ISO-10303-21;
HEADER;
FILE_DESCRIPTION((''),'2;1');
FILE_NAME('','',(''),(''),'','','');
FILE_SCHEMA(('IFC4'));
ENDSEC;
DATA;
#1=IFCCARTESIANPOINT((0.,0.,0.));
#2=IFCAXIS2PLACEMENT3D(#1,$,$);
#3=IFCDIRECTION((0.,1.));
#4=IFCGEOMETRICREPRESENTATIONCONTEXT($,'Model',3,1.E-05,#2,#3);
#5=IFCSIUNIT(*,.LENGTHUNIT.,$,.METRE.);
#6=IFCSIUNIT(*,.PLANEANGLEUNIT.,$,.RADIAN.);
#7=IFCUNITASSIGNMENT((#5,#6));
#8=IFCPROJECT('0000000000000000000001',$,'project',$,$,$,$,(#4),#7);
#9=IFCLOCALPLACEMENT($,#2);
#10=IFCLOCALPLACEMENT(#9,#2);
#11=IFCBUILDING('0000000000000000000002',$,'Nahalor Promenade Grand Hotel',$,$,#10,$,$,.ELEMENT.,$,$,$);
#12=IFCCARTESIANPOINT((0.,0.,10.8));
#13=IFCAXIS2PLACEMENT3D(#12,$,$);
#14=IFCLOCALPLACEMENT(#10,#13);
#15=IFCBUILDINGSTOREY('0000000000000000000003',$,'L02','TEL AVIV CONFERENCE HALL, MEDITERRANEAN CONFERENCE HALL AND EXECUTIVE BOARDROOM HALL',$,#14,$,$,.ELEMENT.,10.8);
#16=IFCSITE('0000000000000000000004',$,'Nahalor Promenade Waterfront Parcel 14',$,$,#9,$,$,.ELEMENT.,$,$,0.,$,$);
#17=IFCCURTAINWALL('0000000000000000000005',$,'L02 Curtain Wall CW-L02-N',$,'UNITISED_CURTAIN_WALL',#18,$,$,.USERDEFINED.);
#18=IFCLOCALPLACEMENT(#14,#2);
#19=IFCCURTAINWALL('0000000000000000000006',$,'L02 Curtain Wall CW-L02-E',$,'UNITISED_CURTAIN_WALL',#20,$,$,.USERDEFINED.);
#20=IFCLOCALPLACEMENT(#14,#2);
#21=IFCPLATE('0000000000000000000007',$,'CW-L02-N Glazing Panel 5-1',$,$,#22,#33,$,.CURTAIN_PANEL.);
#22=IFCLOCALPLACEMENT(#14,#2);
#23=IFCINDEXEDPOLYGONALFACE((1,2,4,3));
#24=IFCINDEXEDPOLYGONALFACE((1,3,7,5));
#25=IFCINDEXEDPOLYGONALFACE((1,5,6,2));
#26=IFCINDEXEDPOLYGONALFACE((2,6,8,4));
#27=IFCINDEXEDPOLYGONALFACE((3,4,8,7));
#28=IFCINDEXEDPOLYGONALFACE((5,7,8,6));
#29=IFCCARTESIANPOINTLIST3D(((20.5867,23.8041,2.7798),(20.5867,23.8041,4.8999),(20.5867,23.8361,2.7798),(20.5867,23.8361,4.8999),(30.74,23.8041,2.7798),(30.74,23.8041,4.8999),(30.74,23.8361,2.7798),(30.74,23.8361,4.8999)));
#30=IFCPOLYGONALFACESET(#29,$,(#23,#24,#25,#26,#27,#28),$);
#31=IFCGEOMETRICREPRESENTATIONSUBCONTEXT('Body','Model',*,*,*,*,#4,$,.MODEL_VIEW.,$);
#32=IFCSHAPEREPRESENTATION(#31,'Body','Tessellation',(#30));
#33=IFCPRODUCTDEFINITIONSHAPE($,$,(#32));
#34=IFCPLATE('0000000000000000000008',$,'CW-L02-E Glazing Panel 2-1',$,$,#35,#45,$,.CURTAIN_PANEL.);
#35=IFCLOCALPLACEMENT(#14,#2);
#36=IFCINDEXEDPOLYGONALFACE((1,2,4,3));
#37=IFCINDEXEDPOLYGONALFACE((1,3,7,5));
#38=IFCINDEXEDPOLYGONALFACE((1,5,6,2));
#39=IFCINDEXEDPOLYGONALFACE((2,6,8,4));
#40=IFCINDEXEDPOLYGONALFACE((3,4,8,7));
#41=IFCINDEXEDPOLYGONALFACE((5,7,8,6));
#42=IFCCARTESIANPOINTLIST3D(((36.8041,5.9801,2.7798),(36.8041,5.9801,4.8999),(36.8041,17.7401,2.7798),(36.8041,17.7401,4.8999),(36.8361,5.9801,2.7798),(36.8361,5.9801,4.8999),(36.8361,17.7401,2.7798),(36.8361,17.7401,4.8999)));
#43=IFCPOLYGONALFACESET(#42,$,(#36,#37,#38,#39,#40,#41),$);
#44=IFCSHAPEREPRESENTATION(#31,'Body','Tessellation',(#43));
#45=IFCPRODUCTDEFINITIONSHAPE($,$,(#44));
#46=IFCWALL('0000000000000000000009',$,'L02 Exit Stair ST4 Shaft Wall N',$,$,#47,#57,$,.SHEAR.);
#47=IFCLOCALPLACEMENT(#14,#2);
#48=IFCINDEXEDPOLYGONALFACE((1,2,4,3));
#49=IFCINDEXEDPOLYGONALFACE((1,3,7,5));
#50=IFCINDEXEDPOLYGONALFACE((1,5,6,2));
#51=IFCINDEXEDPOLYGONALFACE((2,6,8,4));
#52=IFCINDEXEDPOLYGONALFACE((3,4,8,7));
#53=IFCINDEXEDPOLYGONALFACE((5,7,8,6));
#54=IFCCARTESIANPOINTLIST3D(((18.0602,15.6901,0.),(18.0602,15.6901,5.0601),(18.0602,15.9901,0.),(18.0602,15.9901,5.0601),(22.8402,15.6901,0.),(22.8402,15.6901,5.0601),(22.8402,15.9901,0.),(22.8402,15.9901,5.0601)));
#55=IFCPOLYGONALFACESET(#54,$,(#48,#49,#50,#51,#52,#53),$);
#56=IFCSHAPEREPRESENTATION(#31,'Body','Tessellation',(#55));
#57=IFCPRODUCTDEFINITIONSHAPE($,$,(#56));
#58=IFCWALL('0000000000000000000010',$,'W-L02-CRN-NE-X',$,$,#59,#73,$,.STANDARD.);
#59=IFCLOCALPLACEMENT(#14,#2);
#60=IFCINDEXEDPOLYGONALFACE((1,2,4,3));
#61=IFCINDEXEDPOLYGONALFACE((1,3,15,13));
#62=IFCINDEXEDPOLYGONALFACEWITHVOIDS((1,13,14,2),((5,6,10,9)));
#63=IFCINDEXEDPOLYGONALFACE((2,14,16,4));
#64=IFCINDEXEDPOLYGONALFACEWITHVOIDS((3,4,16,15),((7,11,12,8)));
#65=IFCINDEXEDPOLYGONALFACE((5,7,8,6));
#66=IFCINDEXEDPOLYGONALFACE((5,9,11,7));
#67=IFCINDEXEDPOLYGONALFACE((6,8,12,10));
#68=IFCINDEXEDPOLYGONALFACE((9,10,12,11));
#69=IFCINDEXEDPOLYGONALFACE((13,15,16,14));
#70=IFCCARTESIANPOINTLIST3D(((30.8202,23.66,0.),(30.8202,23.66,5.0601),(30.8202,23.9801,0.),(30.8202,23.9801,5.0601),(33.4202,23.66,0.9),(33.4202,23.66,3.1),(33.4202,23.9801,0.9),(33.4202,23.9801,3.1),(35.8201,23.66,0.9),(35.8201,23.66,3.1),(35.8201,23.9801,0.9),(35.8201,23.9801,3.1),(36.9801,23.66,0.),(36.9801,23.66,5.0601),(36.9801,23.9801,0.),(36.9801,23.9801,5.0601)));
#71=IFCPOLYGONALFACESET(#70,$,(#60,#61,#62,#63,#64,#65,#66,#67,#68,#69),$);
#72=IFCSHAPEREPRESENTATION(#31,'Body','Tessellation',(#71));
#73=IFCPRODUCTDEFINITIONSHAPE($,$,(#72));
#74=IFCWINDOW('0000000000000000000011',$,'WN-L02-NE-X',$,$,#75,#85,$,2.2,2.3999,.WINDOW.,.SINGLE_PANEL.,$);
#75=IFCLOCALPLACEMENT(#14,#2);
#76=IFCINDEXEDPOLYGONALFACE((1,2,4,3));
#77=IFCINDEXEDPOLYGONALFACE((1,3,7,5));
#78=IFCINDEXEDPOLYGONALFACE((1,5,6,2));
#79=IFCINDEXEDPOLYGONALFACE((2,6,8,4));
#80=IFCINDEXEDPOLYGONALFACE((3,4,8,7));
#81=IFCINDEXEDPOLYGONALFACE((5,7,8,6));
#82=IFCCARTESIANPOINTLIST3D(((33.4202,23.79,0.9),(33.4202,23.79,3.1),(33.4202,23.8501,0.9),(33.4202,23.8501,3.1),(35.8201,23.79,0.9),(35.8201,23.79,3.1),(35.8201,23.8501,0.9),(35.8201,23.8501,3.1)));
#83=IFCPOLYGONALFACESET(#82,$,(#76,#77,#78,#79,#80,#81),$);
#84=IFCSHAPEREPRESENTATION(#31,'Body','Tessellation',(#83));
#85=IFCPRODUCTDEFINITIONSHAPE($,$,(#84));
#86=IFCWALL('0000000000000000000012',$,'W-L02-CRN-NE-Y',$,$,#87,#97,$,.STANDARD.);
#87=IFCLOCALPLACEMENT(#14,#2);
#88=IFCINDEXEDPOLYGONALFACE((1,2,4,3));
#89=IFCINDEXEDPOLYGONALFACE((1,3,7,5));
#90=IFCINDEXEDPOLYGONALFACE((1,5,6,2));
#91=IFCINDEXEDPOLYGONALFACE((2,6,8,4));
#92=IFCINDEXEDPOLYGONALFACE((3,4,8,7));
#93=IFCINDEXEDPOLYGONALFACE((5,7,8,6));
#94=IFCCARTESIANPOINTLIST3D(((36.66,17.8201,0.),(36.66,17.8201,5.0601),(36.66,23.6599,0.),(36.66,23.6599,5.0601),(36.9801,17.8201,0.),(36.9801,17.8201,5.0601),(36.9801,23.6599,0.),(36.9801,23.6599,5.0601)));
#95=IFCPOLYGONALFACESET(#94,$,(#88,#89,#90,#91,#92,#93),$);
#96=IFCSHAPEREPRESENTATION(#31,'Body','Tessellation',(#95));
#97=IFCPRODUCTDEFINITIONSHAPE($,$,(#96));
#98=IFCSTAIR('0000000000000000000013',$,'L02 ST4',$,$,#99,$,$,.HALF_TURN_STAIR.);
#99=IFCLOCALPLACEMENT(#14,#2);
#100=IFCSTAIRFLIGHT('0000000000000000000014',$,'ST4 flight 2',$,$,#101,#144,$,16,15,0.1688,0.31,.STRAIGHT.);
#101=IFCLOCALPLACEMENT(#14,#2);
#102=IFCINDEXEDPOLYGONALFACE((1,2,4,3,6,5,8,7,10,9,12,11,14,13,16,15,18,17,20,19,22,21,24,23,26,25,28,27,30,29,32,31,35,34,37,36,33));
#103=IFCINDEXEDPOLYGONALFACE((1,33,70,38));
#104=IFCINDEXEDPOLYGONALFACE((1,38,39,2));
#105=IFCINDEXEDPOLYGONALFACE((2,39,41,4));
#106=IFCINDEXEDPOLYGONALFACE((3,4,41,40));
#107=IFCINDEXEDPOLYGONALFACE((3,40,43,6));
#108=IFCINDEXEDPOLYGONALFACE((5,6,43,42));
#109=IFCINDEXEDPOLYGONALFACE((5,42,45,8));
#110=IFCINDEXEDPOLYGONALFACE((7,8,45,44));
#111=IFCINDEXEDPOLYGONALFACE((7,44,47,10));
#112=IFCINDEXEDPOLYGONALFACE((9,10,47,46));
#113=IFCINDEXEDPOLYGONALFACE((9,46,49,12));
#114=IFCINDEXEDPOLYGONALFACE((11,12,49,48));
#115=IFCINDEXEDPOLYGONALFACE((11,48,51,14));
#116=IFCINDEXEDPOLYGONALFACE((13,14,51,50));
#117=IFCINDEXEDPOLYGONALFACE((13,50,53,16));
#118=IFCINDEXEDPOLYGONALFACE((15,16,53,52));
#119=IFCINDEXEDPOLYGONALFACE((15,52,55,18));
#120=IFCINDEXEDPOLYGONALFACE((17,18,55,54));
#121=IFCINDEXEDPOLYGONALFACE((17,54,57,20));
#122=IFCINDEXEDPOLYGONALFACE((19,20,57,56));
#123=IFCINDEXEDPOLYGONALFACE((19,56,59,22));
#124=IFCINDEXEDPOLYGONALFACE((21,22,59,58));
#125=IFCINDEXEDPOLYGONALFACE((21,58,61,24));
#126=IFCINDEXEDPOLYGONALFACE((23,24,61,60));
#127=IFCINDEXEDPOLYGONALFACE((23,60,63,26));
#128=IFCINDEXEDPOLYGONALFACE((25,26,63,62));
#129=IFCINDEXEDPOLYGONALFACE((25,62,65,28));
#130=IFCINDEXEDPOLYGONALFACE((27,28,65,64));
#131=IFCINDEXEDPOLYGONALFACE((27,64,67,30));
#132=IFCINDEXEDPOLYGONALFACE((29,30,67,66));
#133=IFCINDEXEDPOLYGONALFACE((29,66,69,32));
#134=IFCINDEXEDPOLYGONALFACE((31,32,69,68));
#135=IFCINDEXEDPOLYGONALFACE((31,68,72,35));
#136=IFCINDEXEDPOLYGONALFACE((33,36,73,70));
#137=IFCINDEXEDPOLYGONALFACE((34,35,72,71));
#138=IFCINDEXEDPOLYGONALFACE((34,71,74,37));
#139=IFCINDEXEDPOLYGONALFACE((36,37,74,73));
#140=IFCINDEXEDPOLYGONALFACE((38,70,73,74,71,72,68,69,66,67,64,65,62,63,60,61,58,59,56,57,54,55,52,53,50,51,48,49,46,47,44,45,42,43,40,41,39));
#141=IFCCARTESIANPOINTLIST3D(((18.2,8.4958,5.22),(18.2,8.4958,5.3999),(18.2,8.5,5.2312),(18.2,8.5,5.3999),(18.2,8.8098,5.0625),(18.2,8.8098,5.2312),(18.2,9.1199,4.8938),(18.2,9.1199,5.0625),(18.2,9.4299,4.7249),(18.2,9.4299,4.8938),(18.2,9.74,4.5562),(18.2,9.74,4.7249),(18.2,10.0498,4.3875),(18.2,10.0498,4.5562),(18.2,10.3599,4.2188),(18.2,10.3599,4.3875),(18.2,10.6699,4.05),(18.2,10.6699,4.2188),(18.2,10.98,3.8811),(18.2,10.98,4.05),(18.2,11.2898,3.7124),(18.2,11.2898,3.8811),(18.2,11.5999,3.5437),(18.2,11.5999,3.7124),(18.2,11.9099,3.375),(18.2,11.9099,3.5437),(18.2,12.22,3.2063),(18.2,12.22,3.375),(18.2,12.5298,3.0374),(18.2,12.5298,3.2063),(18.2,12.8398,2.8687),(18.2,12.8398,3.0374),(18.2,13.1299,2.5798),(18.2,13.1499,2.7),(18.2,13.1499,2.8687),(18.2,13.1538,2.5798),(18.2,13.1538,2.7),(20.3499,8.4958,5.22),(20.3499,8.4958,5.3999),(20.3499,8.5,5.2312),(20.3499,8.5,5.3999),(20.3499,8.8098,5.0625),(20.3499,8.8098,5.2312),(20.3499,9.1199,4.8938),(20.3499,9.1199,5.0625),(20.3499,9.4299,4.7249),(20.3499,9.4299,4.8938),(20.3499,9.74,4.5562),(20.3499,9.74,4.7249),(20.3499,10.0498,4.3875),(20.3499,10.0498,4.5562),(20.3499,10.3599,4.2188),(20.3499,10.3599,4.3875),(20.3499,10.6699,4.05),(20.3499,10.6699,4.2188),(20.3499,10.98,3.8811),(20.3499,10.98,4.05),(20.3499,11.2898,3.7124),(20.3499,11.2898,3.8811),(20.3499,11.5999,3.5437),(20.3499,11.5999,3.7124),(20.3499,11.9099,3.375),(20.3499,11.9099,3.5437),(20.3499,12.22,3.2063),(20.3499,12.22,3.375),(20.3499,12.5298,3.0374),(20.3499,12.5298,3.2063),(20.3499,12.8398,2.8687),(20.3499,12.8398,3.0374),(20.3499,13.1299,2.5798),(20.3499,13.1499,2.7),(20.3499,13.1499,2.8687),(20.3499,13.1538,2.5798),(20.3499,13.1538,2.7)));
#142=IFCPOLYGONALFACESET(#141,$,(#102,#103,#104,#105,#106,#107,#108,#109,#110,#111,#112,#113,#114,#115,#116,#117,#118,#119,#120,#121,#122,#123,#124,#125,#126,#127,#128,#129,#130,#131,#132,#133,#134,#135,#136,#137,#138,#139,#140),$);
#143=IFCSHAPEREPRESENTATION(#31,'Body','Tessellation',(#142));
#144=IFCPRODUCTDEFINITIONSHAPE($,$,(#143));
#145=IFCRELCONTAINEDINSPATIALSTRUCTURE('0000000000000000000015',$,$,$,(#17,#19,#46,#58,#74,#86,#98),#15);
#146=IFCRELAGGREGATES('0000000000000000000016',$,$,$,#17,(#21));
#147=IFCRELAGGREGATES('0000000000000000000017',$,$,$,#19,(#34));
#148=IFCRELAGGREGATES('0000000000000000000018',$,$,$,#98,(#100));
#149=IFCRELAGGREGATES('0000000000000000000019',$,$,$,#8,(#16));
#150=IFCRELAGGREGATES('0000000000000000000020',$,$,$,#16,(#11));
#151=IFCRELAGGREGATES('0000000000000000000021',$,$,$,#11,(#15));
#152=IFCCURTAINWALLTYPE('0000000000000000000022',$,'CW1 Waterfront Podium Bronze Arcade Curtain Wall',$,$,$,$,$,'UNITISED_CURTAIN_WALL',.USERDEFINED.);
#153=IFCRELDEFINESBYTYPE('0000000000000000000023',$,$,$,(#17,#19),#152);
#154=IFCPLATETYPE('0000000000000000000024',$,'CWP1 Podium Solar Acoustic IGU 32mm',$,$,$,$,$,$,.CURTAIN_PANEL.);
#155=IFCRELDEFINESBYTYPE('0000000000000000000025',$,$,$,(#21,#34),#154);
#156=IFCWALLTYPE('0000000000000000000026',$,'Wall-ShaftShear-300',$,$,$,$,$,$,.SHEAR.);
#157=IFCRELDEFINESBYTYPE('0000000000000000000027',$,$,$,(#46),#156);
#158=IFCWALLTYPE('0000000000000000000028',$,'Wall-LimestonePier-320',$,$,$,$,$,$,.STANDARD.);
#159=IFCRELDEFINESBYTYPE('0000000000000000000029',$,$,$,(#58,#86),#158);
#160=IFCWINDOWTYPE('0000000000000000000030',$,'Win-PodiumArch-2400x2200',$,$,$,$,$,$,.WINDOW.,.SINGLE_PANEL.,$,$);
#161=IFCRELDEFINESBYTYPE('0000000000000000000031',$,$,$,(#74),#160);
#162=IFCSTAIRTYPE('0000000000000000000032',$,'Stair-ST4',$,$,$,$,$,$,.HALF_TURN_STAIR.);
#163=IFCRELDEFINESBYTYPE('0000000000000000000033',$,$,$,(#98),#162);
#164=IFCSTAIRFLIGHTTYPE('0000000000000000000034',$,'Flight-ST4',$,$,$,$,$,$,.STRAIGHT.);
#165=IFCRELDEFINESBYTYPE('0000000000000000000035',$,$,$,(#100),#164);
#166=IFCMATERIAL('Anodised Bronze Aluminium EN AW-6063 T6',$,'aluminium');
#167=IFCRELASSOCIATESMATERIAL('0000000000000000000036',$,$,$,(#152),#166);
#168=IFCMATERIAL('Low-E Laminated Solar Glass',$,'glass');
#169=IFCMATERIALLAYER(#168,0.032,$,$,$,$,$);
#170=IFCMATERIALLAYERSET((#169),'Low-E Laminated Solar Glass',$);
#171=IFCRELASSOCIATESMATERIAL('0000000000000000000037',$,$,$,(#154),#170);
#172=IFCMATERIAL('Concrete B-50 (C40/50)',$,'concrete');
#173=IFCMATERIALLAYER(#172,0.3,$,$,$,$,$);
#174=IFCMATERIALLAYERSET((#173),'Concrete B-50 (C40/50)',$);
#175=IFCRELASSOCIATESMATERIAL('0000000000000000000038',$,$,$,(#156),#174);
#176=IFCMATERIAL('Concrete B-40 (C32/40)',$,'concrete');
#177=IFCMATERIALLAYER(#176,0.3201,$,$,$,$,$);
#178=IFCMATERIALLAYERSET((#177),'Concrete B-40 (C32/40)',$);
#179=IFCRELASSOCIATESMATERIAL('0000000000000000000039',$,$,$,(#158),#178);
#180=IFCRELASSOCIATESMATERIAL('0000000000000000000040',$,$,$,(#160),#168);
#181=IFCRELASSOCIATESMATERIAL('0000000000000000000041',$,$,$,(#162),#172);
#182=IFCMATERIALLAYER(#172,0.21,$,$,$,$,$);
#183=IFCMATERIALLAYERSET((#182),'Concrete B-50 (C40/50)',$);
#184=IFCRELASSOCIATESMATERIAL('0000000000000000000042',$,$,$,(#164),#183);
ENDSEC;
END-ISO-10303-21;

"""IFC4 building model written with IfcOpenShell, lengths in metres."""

from ifc_helpers import new_model, si_unit, direction, frame, frame_2d, origin, origin_2d, place, context, subcontext, project, spatial, polyline, rectangle, outline, extrude, source, transform, mapped, material, layer, layer_set, type_object, element, fill, aggregate, save


model = new_model("IFC4")

# Units and contexts
model_context = context("Model", 3, precision=1e-05, world=origin(), true_north=direction((0.0, 1.0)))
body_context = subcontext(model_context, "Body", "Model", "MODEL_VIEW")
ifc_project = project(units=[si_unit("LENGTHUNIT", "METRE"), si_unit("PLANEANGLEUNIT", "RADIAN")], contexts=[model_context])

# Site, building, storey
site_placement = place(None, origin())
site = spatial("IfcSite", under=ifc_project, at=site_placement, Name="Nahalor Promenade Waterfront Parcel 14", CompositionType="ELEMENT", RefElevation=0.0)
building_placement = place(site_placement, origin())
building = spatial("IfcBuilding", under=site, at=building_placement, Name="Nahalor Promenade Grand Hotel", CompositionType="ELEMENT")
storey_placement = place(building_placement, frame((0.0, 0.0, 10.8)))
storey = spatial("IfcBuildingStorey", under=building, at=storey_placement, Name="L02", Description="TEL AVIV CONFERENCE HALL, MEDITERRANEAN CONFERENCE HALL AND EXECUTIVE BOARDROOM HALL", CompositionType="ELEMENT", Elevation=10.8)

# Curtain wall
ifc_material_1 = material(Name="Anodised Bronze Aluminium EN AW-6063 T6", Category="aluminium")
curtain_wall_type = type_object("IfcCurtainWallType", Name="CW1 Waterfront Podium Bronze Arcade Curtain Wall", ElementType="UNITISED_CURTAIN_WALL", PredefinedType="USERDEFINED", material=ifc_material_1)
curtain_wall_1_placement = place(storey_placement, origin())
curtain_wall_1 = element("IfcCurtainWall", 1, at=curtain_wall_1_placement, inside=storey, type_object=curtain_wall_type, Name="L02 Curtain Wall CW-L02-N", ObjectType="UNITISED_CURTAIN_WALL", PredefinedType="USERDEFINED")

# Curtain wall
curtain_wall_2_placement = place(storey_placement, origin())
curtain_wall_2 = element("IfcCurtainWall", 2, at=curtain_wall_2_placement, inside=storey, type_object=curtain_wall_type, Name="L02 Curtain Wall CW-L02-E", ObjectType="UNITISED_CURTAIN_WALL", PredefinedType="USERDEFINED")

# Plates
ifc_material_2 = material(Name="Low-E Laminated Solar Glass", Category="glass")
ifc_layer_1 = layer(ifc_material_2, 0.032)
ifc_layer_set_1 = layer_set([ifc_layer_1], Name="Low-E Laminated Solar Glass")
plate_type = type_object("IfcPlateType", Name="CWP1 Podium Solar Acoustic IGU 32mm", PredefinedType="CURTAIN_PANEL", material=ifc_layer_set_1)
shared_shape_1 = source(origin(), body_context, "Body", "SweptSolid", [
    extrude(rectangle(XDim=10.1533, YDim=0.032, at=origin_2d()), origin(), (0.0, 0.0, 1.0), 2.1201),
])
plate_1_placement = place(storey_placement, frame((25.6633, 23.8201, 2.7798), z_axis=(0.0, 0.0, 1.0), x_axis=(1.0, 0.0, 0.0)))
plate_1 = element("IfcPlate", 3, at=plate_1_placement, type_object=plate_type, Name="CW-L02-N Glazing Panel 5-1", PredefinedType="CURTAIN_PANEL", context=body_context, shape_type="MappedRepresentation", body=[
    mapped(shared_shape_1, transform((0.0, 0.0, 0.0), scale=1.0)),
])
aggregate(curtain_wall_1, [plate_1])
shared_shape_2 = source(origin(), body_context, "Body", "SweptSolid", [
    extrude(rectangle(XDim=11.76, YDim=0.032, at=origin_2d()), origin(), (0.0, 0.0, 1.0), 2.1201),
])
plate_2_placement = place(storey_placement, frame((36.8201, 11.8601, 2.7798), z_axis=(0.0, 0.0, 1.0), x_axis=(0.0, 1.0, 0.0)))
plate_2 = element("IfcPlate", 4, at=plate_2_placement, type_object=plate_type, Name="CW-L02-E Glazing Panel 2-1", PredefinedType="CURTAIN_PANEL", context=body_context, shape_type="MappedRepresentation", body=[
    mapped(shared_shape_2, transform((0.0, 0.0, 0.0), scale=1.0)),
])
aggregate(curtain_wall_2, [plate_2])

# Wall
ifc_material_3 = material(Name="Concrete B-50 (C40/50)", Category="concrete")
ifc_layer_2 = layer(ifc_material_3, 0.3)
ifc_layer_set_2 = layer_set([ifc_layer_2], Name="Concrete B-50 (C40/50)")
wall_type_1 = type_object("IfcWallType", Name="Wall-ShaftShear-300", PredefinedType="SHEAR", material=ifc_layer_set_2)
shared_shape_3 = source(origin(), body_context, "Body", "SweptSolid", [
    extrude(rectangle(XDim=4.78, YDim=0.3, at=frame_2d((2.3901, 0.0))), origin(), (0.0, 0.0, 1.0), 5.0601),
])
wall_1_placement = place(storey_placement, frame((18.0601, 15.8401, 0.0), z_axis=(0.0, 0.0, 1.0), x_axis=(1.0, 0.0, 0.0)))
element("IfcWall", 5, at=wall_1_placement, inside=storey, type_object=wall_type_1, Name="L02 Exit Stair ST4 Shaft Wall N", PredefinedType="SHEAR", context=body_context, shape_type="MappedRepresentation", body=[
    mapped(shared_shape_3, transform((0.0, 0.0, 0.0), scale=1.0)),
])

# Wall, opening, window
ifc_material_4 = material(Name="Concrete B-40 (C32/40)", Category="concrete")
ifc_layer_3 = layer(ifc_material_4, 0.3201)
ifc_layer_set_3 = layer_set([ifc_layer_3], Name="Concrete B-40 (C32/40)")
wall_type_2 = type_object("IfcWallType", Name="Wall-LimestonePier-320", PredefinedType="STANDARD", material=ifc_layer_set_3)
shared_shape_4 = source(origin(), body_context, "Body", "SweptSolid", [
    extrude(rectangle(XDim=6.1599, YDim=0.3201, at=frame_2d((3.0801, 0.0))), origin(), (0.0, 0.0, 1.0), 5.0601),
])
wall_2_placement = place(storey_placement, frame((30.8201, 23.8201, 0.0), z_axis=(0.0, 0.0, 1.0), x_axis=(1.0, 0.0, 0.0)))
wall_2 = element("IfcWall", 6, at=wall_2_placement, inside=storey, type_object=wall_type_2, Name="W-L02-CRN-NE-X", PredefinedType="STANDARD", context=body_context, shape_type="MappedRepresentation", body=[
    mapped(shared_shape_4, transform((0.0, 0.0, 0.0), scale=1.0)),
])
opening_placement = place(wall_2_placement, frame((2.6001, 0.0, 0.8999)))
opening = element("IfcOpeningElement", 7, at=opening_placement, cuts=wall_2, PredefinedType="OPENING", context=body_context, shape_type="SweptSolid", body=[
    extrude(rectangle(XDim=2.3999, YDim=2.2, at=frame_2d((1.2, 1.1001))), frame((0.0, 0.1699, 0.0), z_axis=(0.0, -1.0, 0.0), x_axis=(1.0, 0.0, 0.0)), (0.0, 0.0, 1.0), 0.3401),
])
window_type = type_object("IfcWindowType", Name="Win-PodiumArch-2400x2200", PartitioningType="SINGLE_PANEL", PredefinedType="WINDOW", material=ifc_material_2)
shared_shape_5 = source(origin(), body_context, "Body", "SweptSolid", [
    extrude(rectangle(XDim=2.3999, YDim=2.2, at=frame_2d((1.2, 1.1001))), frame((0.0, 0.03, 0.0), z_axis=(0.0, -1.0, 0.0), x_axis=(1.0, 0.0, 0.0)), (0.0, 0.0, 1.0), 0.0601),
])
window_placement = place(opening_placement, origin())
window = element("IfcWindow", 8, at=window_placement, inside=storey, type_object=window_type, Name="WN-L02-NE-X", OverallHeight=2.2, OverallWidth=2.3999, PartitioningType="SINGLE_PANEL", PredefinedType="WINDOW", context=body_context, shape_type="MappedRepresentation", body=[
    mapped(shared_shape_5, transform((0.0, 0.0, 0.0), scale=1.0)),
])
fill(opening, window)

# Wall
shared_shape_6 = source(origin(), body_context, "Body", "SweptSolid", [
    extrude(rectangle(XDim=5.8398, YDim=0.3201, at=frame_2d((2.9199, 0.0))), origin(), (0.0, 0.0, 1.0), 5.0601),
])
wall_3_placement = place(storey_placement, frame((36.8201, 17.8201, 0.0), z_axis=(0.0, 0.0, 1.0), x_axis=(0.0, 1.0, 0.0)))
element("IfcWall", 9, at=wall_3_placement, inside=storey, type_object=wall_type_2, Name="W-L02-CRN-NE-Y", PredefinedType="STANDARD", context=body_context, shape_type="MappedRepresentation", body=[
    mapped(shared_shape_6, transform((0.0, 0.0, 0.0), scale=1.0)),
])

# Stair, stair flight
stair_type = type_object("IfcStairType", Name="Stair-ST4", PredefinedType="HALF_TURN_STAIR", material=ifc_material_3)
stair_placement = place(storey_placement, origin())
stair = element("IfcStair", 10, at=stair_placement, inside=storey, type_object=stair_type, Name="L02 ST4", PredefinedType="HALF_TURN_STAIR")
ifc_layer_4 = layer(ifc_material_3, 0.21)
ifc_layer_set_4 = layer_set([ifc_layer_4], Name="Concrete B-50 (C40/50)")
stair_flight_type = type_object("IfcStairFlightType", Name="Flight-ST4", PredefinedType="STRAIGHT", material=ifc_layer_set_4)
shared_shape_7 = source(origin(), body_context, "Body", "SweptSolid", [
    extrude(outline(polyline([(-0.0039, -0.1201), (-0.0039, 0.0), (0.0, 0.0), (0.0, 0.1687), (0.3101, 0.1687), (0.3101, 0.3374), (0.6201, 0.3374), (0.6201, 0.5063), (0.9299, 0.5063), (0.9299, 0.675), (1.24, 0.675), (1.24, 0.8438), (1.55, 0.8438), (1.55, 1.0125), (1.8601, 1.0125), (1.8601, 1.1812), (2.1699, 1.1812), (2.1699, 1.3501), (2.48, 1.3501), (2.48, 1.5188), (2.79, 1.5188), (2.79, 1.6875), (3.1001, 1.6875), (3.1001, 1.8562), (3.4099, 1.8562), (3.4099, 2.0249), (3.72, 2.0249), (3.72, 2.1938), (4.03, 2.1938), (4.03, 2.3625), (4.3401, 2.3625), (4.3401, 2.5312), (4.6499, 2.5312), (4.6499, 2.7), (4.6541, 2.7), (4.6541, 2.52), (0.02, -0.1201), (-0.0039, -0.1201)])), frame((0.0, 1.075, 0.0), z_axis=(0.0, -1.0, 0.0), x_axis=(1.0, 0.0, 0.0)), (0.0, 0.0, 1.0), 2.1499),
])
stair_flight_placement = place(storey_placement, frame((19.2749, 13.1499, 2.7), z_axis=(0.0, 0.0, 1.0), x_axis=(0.0, -1.0, 0.0)))
stair_flight = element("IfcStairFlight", 11, at=stair_flight_placement, type_object=stair_flight_type, Name="ST4 flight 2", NumberOfRisers=16, NumberOfTreads=15, PredefinedType="STRAIGHT", RiserHeight=0.1688, TreadLength=0.31, context=body_context, shape_type="MappedRepresentation", body=[
    mapped(shared_shape_7, transform((0.0, 0.0, 0.0), scale=1.0)),
])
aggregate(stair, [stair_flight])

save(model, "model.ifc")
